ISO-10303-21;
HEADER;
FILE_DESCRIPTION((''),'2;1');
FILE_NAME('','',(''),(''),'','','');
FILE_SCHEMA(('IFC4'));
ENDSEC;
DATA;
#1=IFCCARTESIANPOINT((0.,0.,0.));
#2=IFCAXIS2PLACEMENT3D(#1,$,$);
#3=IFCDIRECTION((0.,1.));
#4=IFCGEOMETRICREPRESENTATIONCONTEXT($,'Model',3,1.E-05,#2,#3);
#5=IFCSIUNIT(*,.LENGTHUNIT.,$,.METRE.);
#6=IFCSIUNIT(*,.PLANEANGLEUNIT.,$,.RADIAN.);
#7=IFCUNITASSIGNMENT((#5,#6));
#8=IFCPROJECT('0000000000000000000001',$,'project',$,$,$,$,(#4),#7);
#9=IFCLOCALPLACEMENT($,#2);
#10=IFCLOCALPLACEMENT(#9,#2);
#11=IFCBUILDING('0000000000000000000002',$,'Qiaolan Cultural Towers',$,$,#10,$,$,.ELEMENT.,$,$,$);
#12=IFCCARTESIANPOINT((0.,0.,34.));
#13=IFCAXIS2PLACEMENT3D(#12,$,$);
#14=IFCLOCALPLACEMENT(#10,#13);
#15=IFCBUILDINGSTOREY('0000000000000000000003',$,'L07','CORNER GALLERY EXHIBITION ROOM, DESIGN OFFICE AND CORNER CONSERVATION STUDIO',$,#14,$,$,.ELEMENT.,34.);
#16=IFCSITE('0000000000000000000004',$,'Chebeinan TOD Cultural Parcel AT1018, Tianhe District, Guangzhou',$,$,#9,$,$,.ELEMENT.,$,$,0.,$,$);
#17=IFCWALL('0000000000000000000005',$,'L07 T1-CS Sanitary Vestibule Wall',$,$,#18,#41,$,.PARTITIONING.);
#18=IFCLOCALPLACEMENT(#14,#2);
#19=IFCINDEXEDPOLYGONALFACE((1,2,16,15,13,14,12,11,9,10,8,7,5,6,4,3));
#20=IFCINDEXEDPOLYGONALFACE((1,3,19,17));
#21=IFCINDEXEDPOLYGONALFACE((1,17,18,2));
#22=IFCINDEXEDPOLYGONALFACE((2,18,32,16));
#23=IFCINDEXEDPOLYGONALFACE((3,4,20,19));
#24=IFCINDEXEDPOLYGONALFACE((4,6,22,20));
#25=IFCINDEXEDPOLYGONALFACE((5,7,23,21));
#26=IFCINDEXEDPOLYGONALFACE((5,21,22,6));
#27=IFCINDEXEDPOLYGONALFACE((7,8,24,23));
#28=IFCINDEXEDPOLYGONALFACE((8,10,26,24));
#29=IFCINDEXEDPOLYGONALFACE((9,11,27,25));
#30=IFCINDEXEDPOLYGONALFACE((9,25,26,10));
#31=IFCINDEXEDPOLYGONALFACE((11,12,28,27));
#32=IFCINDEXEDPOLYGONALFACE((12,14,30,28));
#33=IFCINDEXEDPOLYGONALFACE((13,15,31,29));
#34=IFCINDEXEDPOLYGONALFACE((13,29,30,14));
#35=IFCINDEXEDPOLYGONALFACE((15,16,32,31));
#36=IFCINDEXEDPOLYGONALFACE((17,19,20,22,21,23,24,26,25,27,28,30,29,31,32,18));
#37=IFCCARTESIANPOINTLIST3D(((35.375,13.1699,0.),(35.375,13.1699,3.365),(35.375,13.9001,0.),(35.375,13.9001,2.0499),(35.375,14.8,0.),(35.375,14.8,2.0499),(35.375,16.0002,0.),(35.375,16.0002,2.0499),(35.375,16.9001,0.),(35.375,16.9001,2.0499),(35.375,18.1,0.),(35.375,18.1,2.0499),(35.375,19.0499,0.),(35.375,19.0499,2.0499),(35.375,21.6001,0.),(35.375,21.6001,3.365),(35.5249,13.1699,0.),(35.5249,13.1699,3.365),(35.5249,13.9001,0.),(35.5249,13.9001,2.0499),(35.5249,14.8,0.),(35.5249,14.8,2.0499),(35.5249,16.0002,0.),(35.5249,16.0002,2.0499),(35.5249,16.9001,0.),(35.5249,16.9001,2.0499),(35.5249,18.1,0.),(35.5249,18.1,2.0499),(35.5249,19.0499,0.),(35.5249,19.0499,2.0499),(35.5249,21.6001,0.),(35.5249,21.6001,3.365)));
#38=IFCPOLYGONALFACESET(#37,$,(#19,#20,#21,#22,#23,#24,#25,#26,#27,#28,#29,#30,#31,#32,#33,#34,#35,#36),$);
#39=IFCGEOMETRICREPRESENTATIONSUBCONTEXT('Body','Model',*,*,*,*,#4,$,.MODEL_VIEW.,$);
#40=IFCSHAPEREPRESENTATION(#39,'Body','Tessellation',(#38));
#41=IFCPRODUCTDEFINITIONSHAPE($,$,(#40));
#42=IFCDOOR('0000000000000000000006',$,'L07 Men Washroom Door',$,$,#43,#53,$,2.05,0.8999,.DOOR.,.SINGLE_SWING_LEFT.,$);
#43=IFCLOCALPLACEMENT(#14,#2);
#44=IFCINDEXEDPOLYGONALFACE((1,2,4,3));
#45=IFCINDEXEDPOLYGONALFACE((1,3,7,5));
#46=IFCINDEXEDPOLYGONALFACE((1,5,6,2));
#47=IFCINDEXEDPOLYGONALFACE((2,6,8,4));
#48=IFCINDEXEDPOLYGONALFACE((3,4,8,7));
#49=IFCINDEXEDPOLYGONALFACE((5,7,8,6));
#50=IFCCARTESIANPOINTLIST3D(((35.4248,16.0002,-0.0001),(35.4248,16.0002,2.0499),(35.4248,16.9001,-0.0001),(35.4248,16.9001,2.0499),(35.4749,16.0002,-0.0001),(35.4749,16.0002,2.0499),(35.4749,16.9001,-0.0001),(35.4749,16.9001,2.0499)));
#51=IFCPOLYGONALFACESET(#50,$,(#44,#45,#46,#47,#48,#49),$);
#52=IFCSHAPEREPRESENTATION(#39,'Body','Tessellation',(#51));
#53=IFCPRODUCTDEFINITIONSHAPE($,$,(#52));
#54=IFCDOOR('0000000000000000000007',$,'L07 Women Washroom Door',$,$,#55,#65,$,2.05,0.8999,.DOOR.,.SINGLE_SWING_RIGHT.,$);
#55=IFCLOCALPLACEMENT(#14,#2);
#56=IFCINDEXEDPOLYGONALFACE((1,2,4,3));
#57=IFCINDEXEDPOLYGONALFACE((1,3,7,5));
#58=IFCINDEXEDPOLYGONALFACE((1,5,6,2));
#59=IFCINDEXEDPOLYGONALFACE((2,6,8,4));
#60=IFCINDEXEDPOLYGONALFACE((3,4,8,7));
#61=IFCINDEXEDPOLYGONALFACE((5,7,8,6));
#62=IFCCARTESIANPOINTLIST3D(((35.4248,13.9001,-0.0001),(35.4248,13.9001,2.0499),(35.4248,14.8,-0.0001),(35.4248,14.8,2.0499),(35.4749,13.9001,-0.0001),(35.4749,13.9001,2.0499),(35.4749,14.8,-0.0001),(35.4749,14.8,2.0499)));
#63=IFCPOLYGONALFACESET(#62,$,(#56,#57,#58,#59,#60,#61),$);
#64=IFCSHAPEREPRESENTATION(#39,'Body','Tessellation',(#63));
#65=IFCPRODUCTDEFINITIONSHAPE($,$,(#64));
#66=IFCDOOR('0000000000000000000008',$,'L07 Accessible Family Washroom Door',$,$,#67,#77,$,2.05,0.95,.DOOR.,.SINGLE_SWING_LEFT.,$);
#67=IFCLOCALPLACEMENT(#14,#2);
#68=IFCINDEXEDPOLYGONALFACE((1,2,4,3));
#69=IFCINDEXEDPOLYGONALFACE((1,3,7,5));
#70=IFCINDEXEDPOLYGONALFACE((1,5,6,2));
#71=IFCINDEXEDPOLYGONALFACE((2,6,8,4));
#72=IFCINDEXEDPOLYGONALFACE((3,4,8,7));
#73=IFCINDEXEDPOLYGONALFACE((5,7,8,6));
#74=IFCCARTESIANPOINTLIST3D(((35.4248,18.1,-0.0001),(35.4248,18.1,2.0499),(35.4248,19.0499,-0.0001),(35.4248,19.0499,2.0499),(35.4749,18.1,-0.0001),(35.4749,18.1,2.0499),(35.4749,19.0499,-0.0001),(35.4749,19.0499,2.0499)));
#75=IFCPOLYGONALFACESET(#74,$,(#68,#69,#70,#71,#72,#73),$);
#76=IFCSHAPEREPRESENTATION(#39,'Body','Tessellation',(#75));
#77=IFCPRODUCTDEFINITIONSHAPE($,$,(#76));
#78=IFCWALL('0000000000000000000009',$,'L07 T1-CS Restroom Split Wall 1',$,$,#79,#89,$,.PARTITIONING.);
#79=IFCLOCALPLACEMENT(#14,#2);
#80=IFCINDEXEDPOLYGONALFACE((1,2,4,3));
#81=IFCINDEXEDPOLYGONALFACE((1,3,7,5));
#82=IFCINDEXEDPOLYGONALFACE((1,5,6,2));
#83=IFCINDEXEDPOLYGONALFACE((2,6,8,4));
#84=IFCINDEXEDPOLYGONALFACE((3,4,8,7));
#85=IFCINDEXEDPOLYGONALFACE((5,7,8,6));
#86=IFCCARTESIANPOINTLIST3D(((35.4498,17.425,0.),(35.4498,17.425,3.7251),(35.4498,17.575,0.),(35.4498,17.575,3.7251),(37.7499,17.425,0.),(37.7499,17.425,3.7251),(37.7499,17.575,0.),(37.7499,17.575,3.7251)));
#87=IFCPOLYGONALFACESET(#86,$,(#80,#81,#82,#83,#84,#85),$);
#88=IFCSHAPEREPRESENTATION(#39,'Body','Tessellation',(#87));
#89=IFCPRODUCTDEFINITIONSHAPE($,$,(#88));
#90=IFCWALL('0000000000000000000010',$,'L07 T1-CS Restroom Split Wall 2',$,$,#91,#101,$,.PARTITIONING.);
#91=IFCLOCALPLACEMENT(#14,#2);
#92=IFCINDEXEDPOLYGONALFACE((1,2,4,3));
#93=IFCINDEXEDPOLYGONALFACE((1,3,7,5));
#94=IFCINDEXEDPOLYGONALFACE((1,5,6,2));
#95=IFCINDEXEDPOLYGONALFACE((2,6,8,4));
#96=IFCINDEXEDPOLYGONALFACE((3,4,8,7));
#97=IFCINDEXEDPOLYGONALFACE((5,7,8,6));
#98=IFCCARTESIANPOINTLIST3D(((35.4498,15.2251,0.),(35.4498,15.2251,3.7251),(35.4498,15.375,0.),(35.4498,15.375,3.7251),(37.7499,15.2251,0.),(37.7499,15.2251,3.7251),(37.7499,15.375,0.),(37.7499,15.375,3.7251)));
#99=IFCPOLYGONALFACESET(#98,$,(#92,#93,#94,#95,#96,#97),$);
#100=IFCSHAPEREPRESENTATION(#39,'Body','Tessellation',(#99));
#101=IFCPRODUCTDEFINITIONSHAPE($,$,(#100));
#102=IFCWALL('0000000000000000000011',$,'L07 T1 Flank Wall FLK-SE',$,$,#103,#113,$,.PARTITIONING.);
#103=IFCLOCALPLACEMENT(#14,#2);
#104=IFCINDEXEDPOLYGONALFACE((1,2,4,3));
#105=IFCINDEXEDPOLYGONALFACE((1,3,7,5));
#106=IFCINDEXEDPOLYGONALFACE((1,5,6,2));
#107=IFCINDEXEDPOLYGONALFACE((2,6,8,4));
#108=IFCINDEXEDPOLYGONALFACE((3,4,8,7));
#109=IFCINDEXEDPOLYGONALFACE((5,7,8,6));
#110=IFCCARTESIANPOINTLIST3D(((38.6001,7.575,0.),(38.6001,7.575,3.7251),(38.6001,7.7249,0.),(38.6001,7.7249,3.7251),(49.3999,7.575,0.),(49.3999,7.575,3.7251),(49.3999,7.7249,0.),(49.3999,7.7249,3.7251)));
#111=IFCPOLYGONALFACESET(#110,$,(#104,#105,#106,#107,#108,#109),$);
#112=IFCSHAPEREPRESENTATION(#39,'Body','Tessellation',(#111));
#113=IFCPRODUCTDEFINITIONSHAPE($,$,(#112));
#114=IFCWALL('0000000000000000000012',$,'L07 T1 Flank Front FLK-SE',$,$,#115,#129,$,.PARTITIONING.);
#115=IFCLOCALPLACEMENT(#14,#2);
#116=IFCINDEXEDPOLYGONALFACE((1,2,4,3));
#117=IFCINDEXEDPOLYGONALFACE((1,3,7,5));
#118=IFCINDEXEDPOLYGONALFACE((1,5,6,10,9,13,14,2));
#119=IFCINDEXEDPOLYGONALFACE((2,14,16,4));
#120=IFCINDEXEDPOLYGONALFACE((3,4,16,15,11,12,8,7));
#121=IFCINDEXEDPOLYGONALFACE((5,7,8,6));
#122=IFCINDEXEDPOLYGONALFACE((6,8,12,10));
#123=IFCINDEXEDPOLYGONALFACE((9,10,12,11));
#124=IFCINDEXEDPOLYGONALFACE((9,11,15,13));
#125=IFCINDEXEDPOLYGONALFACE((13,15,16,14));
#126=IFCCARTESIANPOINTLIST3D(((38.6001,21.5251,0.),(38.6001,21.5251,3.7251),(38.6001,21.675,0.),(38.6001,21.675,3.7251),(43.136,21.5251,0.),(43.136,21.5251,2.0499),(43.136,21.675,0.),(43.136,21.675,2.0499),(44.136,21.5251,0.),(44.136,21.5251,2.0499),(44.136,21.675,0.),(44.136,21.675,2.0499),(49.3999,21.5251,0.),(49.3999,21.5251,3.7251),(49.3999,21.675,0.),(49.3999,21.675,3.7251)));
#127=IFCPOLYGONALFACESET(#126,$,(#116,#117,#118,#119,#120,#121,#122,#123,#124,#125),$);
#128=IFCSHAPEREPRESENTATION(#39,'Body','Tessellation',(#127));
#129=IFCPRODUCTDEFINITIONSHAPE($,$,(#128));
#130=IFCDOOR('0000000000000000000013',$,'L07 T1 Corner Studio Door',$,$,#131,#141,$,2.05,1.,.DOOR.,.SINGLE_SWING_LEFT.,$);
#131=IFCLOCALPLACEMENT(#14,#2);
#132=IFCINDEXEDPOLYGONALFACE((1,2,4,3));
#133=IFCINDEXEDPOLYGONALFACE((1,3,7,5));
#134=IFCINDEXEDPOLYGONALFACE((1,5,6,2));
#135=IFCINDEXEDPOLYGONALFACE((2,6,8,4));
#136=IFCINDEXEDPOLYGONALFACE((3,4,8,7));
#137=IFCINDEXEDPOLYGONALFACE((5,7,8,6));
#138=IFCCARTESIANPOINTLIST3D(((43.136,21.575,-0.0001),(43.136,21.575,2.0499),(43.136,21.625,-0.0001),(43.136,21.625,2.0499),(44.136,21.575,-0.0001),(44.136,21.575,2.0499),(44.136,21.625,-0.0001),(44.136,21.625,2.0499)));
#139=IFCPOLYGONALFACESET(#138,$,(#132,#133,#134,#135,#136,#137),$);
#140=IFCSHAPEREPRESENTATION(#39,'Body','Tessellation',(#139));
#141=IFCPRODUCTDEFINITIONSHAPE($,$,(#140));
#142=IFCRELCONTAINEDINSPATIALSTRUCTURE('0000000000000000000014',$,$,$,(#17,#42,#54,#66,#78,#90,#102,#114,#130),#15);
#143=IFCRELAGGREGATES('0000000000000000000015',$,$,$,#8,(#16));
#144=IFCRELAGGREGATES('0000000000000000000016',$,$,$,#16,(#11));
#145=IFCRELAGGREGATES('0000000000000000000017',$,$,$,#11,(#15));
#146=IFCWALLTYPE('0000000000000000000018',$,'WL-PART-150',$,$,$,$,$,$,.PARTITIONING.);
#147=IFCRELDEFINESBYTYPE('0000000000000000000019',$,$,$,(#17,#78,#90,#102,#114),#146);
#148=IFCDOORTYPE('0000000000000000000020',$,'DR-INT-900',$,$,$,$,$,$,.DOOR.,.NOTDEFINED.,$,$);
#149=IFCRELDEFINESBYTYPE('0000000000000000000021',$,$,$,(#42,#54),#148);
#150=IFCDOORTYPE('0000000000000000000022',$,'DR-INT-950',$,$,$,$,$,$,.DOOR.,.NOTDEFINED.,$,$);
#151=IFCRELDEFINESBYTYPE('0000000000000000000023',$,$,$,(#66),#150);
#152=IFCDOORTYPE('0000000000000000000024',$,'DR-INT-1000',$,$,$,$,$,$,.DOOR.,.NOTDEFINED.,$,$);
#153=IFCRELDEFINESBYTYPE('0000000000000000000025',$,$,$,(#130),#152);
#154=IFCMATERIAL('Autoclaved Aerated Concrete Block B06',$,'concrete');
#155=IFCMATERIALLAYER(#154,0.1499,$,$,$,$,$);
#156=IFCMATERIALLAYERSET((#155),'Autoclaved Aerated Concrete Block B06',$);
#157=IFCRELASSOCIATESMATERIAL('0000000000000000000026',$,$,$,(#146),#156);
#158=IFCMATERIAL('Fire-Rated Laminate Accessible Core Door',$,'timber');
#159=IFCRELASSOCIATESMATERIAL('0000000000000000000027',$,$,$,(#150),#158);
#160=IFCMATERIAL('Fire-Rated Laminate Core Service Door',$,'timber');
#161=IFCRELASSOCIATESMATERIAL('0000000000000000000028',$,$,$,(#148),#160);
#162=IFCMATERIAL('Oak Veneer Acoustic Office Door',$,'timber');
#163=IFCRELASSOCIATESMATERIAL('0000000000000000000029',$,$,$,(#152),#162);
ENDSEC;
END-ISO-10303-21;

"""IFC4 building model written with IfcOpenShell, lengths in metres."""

from ifc_helpers import new_model, si_unit, direction, frame, frame_2d, origin, place, context, subcontext, project, spatial, rectangle, extrude, material, layer, layer_set, type_object, element, fill, save


model = new_model("IFC4")

# Units and contexts
model_context = context("Model", 3, precision=1e-05, world=origin(), true_north=direction((0.0, 1.0)))
body_context = subcontext(model_context, "Body", "Model", "MODEL_VIEW")
ifc_project = project(units=[si_unit("LENGTHUNIT", "METRE"), si_unit("PLANEANGLEUNIT", "RADIAN")], contexts=[model_context])

# Site, building, storey
site_placement = place(None, origin())
site = spatial("IfcSite", under=ifc_project, at=site_placement, Name="Chebeinan TOD Cultural Parcel AT1018, Tianhe District, Guangzhou", CompositionType="ELEMENT", RefElevation=0.0)
building_placement = place(site_placement, origin())
building = spatial("IfcBuilding", under=site, at=building_placement, Name="Qiaolan Cultural Towers", CompositionType="ELEMENT")
storey_placement = place(building_placement, frame((0.0, 0.0, 34.0)))
storey = spatial("IfcBuildingStorey", under=building, at=storey_placement, Name="L07", Description="CORNER GALLERY EXHIBITION ROOM, DESIGN OFFICE AND CORNER CONSERVATION STUDIO", CompositionType="ELEMENT", Elevation=34.0)

# Shared definitions
ifc_material_1 = material(Name="Autoclaved Aerated Concrete Block B06", Category="concrete")
ifc_layer_1 = layer(ifc_material_1, 0.1499)
ifc_layer_set_1 = layer_set([ifc_layer_1], Name="Autoclaved Aerated Concrete Block B06")
wall_type_1 = type_object("IfcWallType", Name="WL-PART-150", PredefinedType="PARTITIONING", material=ifc_layer_set_1)

# Shared definitions
ifc_material_2 = material(Name="Fire-Rated Laminate Accessible Core Door", Category="timber")
door_type_1 = type_object("IfcDoorType", Name="DR-INT-950", OperationType="NOTDEFINED", PredefinedType="DOOR", material=ifc_material_2)

# Wall, openings, doors
wall_1_placement = place(storey_placement, frame((35.45, 21.6001, 0.0), z_axis=(0.0, 0.0, 1.0), x_axis=(0.0, -1.0, 0.0)))
wall_1 = element("IfcWall", 1, at=wall_1_placement, inside=storey, type_object=wall_type_1, Name="L07 T1-CS Sanitary Vestibule Wall", PredefinedType="PARTITIONING", context=body_context, shape_type="SweptSolid", body=[
    extrude(rectangle(XDim=8.4302, YDim=0.1499, at=frame_2d((4.2151, 0.0))), origin(), (0.0, 0.0, 1.0), 3.365),
])
opening_1_placement = place(wall_1_placement, frame((2.55, 0.0, 0.0)))
opening_1 = element("IfcOpeningElement", 2, at=opening_1_placement, cuts=wall_1, PredefinedType="OPENING", context=body_context, shape_type="SweptSolid", body=[
    extrude(rectangle(XDim=0.95, YDim=2.05, at=frame_2d((0.4751, 1.0249))), frame((0.0, 0.085, 0.0), z_axis=(0.0, -1.0, 0.0), x_axis=(1.0, 0.0, 0.0)), (0.0, 0.0, 1.0), 0.1699),
])
opening_2_placement = place(wall_1_placement, frame((4.7, 0.0, 0.0)))
opening_2 = element("IfcOpeningElement", 3, at=opening_2_placement, cuts=wall_1, PredefinedType="OPENING", context=body_context, shape_type="SweptSolid", body=[
    extrude(rectangle(XDim=0.8999, YDim=2.05, at=frame_2d((0.45, 1.0249))), frame((0.0, 0.085, 0.0), z_axis=(0.0, -1.0, 0.0), x_axis=(1.0, 0.0, 0.0)), (0.0, 0.0, 1.0), 0.1699),
])
opening_3_placement = place(wall_1_placement, frame((6.8, 0.0, 0.0)))
opening_3 = element("IfcOpeningElement", 4, at=opening_3_placement, cuts=wall_1, PredefinedType="OPENING", context=body_context, shape_type="SweptSolid", body=[
    extrude(rectangle(XDim=0.8999, YDim=2.05, at=frame_2d((0.45, 1.0249))), frame((0.0, 0.085, 0.0), z_axis=(0.0, -1.0, 0.0), x_axis=(1.0, 0.0, 0.0)), (0.0, 0.0, 1.0), 0.1699),
])
ifc_material_3 = material(Name="Fire-Rated Laminate Core Service Door", Category="timber")
door_type_2 = type_object("IfcDoorType", Name="DR-INT-900", OperationType="NOTDEFINED", PredefinedType="DOOR", material=ifc_material_3)
door_1_placement = place(opening_2_placement, origin())
door_1 = element("IfcDoor", 5, at=door_1_placement, inside=storey, type_object=door_type_2, Name="L07 Men Washroom Door", OperationType="SINGLE_SWING_LEFT", OverallHeight=2.05, OverallWidth=0.8999, PredefinedType="DOOR", context=body_context, shape_type="SweptSolid", body=[
    extrude(rectangle(XDim=0.8999, YDim=2.05, at=frame_2d((0.45, 1.0249))), frame((0.0, 0.0249, 0.0), z_axis=(0.0, -1.0, 0.0), x_axis=(1.0, 0.0, 0.0)), (0.0, 0.0, 1.0), 0.05),
])
fill(opening_2, door_1)
door_2_placement = place(opening_3_placement, origin())
door_2 = element("IfcDoor", 6, at=door_2_placement, inside=storey, type_object=door_type_2, Name="L07 Women Washroom Door", OperationType="SINGLE_SWING_RIGHT", OverallHeight=2.05, OverallWidth=0.8999, PredefinedType="DOOR", context=body_context, shape_type="SweptSolid", body=[
    extrude(rectangle(XDim=0.8999, YDim=2.05, at=frame_2d((0.45, 1.0249))), frame((0.0, 0.0249, 0.0), z_axis=(0.0, -1.0, 0.0), x_axis=(1.0, 0.0, 0.0)), (0.0, 0.0, 1.0), 0.05),
])
fill(opening_3, door_2)
door_3_placement = place(opening_1_placement, origin())
door_3 = element("IfcDoor", 7, at=door_3_placement, inside=storey, type_object=door_type_1, Name="L07 Accessible Family Washroom Door", OperationType="SINGLE_SWING_LEFT", OverallHeight=2.05, OverallWidth=0.95, PredefinedType="DOOR", context=body_context, shape_type="SweptSolid", body=[
    extrude(rectangle(XDim=0.95, YDim=2.05, at=frame_2d((0.4751, 1.0249))), frame((0.0, 0.0249, 0.0), z_axis=(0.0, -1.0, 0.0), x_axis=(1.0, 0.0, 0.0)), (0.0, 0.0, 1.0), 0.05),
])
fill(opening_1, door_3)

# Walls
for number, where, z_axis, x_axis, name in (
    (8, (35.45, 17.5, 0.0), (0.0, 0.0, 1.0), (1.0, 0.0, 0.0), "L07 T1-CS Restroom Split Wall 1"),
    (9, (35.45, 15.3, 0.0), (0.0, 0.0, 1.0), (1.0, 0.0, 0.0), "L07 T1-CS Restroom Split Wall 2"),
):
    element("IfcWall", number, at=place(storey_placement, frame(where, z_axis=z_axis, x_axis=x_axis)), inside=storey, type_object=wall_type_1, Name=name, PredefinedType="PARTITIONING", context=body_context, shape_type="SweptSolid", body=[
        extrude(rectangle(XDim=2.3, YDim=0.1499, at=frame_2d((1.1499, 0.0))), origin(), (0.0, 0.0, 1.0), 3.7251),
    ])
wall_2_placement = place(storey_placement, frame((38.6001, 7.6499, 0.0), z_axis=(0.0, 0.0, 1.0), x_axis=(1.0, 0.0, 0.0)))
element("IfcWall", 10, at=wall_2_placement, inside=storey, type_object=wall_type_1, Name="L07 T1 Flank Wall FLK-SE", PredefinedType="PARTITIONING", context=body_context, shape_type="SweptSolid", body=[
    extrude(rectangle(XDim=10.7998, YDim=0.1499, at=frame_2d((5.3999, 0.0))), origin(), (0.0, 0.0, 1.0), 3.7251),
])

# Wall, opening, door
wall_3_placement = place(storey_placement, frame((38.6001, 21.6001, 0.0), z_axis=(0.0, 0.0, 1.0), x_axis=(1.0, 0.0, 0.0)))
wall_3 = element("IfcWall", 11, at=wall_3_placement, inside=storey, type_object=wall_type_1, Name="L07 T1 Flank Front FLK-SE", PredefinedType="PARTITIONING", context=body_context, shape_type="SweptSolid", body=[
    extrude(rectangle(XDim=10.7998, YDim=0.1499, at=frame_2d((5.3999, 0.0))), origin(), (0.0, 0.0, 1.0), 3.7251),
])
opening_4_placement = place(wall_3_placement, frame((4.5359, 0.0, 0.0)))
opening_4 = element("IfcOpeningElement", 12, at=opening_4_placement, cuts=wall_3, PredefinedType="OPENING", context=body_context, shape_type="SweptSolid", body=[
    extrude(rectangle(XDim=1.0, YDim=2.05, at=frame_2d((0.5, 1.0249))), frame((0.0, 0.085, 0.0), z_axis=(0.0, -1.0, 0.0), x_axis=(1.0, 0.0, 0.0)), (0.0, 0.0, 1.0), 0.1699),
])
ifc_material_4 = material(Name="Oak Veneer Acoustic Office Door", Category="timber")
door_type_3 = type_object("IfcDoorType", Name="DR-INT-1000", OperationType="NOTDEFINED", PredefinedType="DOOR", material=ifc_material_4)
door_4_placement = place(opening_4_placement, origin())
door_4 = element("IfcDoor", 13, at=door_4_placement, inside=storey, type_object=door_type_3, Name="L07 T1 Corner Studio Door", OperationType="SINGLE_SWING_LEFT", OverallHeight=2.05, OverallWidth=1.0, PredefinedType="DOOR", context=body_context, shape_type="SweptSolid", body=[
    extrude(rectangle(XDim=1.0, YDim=2.05, at=frame_2d((0.5, 1.0249))), frame((0.0, 0.0249, 0.0), z_axis=(0.0, -1.0, 0.0), x_axis=(1.0, 0.0, 0.0)), (0.0, 0.0, 1.0), 0.05),
])
fill(opening_4, door_4)

save(model, "model.ifc")
